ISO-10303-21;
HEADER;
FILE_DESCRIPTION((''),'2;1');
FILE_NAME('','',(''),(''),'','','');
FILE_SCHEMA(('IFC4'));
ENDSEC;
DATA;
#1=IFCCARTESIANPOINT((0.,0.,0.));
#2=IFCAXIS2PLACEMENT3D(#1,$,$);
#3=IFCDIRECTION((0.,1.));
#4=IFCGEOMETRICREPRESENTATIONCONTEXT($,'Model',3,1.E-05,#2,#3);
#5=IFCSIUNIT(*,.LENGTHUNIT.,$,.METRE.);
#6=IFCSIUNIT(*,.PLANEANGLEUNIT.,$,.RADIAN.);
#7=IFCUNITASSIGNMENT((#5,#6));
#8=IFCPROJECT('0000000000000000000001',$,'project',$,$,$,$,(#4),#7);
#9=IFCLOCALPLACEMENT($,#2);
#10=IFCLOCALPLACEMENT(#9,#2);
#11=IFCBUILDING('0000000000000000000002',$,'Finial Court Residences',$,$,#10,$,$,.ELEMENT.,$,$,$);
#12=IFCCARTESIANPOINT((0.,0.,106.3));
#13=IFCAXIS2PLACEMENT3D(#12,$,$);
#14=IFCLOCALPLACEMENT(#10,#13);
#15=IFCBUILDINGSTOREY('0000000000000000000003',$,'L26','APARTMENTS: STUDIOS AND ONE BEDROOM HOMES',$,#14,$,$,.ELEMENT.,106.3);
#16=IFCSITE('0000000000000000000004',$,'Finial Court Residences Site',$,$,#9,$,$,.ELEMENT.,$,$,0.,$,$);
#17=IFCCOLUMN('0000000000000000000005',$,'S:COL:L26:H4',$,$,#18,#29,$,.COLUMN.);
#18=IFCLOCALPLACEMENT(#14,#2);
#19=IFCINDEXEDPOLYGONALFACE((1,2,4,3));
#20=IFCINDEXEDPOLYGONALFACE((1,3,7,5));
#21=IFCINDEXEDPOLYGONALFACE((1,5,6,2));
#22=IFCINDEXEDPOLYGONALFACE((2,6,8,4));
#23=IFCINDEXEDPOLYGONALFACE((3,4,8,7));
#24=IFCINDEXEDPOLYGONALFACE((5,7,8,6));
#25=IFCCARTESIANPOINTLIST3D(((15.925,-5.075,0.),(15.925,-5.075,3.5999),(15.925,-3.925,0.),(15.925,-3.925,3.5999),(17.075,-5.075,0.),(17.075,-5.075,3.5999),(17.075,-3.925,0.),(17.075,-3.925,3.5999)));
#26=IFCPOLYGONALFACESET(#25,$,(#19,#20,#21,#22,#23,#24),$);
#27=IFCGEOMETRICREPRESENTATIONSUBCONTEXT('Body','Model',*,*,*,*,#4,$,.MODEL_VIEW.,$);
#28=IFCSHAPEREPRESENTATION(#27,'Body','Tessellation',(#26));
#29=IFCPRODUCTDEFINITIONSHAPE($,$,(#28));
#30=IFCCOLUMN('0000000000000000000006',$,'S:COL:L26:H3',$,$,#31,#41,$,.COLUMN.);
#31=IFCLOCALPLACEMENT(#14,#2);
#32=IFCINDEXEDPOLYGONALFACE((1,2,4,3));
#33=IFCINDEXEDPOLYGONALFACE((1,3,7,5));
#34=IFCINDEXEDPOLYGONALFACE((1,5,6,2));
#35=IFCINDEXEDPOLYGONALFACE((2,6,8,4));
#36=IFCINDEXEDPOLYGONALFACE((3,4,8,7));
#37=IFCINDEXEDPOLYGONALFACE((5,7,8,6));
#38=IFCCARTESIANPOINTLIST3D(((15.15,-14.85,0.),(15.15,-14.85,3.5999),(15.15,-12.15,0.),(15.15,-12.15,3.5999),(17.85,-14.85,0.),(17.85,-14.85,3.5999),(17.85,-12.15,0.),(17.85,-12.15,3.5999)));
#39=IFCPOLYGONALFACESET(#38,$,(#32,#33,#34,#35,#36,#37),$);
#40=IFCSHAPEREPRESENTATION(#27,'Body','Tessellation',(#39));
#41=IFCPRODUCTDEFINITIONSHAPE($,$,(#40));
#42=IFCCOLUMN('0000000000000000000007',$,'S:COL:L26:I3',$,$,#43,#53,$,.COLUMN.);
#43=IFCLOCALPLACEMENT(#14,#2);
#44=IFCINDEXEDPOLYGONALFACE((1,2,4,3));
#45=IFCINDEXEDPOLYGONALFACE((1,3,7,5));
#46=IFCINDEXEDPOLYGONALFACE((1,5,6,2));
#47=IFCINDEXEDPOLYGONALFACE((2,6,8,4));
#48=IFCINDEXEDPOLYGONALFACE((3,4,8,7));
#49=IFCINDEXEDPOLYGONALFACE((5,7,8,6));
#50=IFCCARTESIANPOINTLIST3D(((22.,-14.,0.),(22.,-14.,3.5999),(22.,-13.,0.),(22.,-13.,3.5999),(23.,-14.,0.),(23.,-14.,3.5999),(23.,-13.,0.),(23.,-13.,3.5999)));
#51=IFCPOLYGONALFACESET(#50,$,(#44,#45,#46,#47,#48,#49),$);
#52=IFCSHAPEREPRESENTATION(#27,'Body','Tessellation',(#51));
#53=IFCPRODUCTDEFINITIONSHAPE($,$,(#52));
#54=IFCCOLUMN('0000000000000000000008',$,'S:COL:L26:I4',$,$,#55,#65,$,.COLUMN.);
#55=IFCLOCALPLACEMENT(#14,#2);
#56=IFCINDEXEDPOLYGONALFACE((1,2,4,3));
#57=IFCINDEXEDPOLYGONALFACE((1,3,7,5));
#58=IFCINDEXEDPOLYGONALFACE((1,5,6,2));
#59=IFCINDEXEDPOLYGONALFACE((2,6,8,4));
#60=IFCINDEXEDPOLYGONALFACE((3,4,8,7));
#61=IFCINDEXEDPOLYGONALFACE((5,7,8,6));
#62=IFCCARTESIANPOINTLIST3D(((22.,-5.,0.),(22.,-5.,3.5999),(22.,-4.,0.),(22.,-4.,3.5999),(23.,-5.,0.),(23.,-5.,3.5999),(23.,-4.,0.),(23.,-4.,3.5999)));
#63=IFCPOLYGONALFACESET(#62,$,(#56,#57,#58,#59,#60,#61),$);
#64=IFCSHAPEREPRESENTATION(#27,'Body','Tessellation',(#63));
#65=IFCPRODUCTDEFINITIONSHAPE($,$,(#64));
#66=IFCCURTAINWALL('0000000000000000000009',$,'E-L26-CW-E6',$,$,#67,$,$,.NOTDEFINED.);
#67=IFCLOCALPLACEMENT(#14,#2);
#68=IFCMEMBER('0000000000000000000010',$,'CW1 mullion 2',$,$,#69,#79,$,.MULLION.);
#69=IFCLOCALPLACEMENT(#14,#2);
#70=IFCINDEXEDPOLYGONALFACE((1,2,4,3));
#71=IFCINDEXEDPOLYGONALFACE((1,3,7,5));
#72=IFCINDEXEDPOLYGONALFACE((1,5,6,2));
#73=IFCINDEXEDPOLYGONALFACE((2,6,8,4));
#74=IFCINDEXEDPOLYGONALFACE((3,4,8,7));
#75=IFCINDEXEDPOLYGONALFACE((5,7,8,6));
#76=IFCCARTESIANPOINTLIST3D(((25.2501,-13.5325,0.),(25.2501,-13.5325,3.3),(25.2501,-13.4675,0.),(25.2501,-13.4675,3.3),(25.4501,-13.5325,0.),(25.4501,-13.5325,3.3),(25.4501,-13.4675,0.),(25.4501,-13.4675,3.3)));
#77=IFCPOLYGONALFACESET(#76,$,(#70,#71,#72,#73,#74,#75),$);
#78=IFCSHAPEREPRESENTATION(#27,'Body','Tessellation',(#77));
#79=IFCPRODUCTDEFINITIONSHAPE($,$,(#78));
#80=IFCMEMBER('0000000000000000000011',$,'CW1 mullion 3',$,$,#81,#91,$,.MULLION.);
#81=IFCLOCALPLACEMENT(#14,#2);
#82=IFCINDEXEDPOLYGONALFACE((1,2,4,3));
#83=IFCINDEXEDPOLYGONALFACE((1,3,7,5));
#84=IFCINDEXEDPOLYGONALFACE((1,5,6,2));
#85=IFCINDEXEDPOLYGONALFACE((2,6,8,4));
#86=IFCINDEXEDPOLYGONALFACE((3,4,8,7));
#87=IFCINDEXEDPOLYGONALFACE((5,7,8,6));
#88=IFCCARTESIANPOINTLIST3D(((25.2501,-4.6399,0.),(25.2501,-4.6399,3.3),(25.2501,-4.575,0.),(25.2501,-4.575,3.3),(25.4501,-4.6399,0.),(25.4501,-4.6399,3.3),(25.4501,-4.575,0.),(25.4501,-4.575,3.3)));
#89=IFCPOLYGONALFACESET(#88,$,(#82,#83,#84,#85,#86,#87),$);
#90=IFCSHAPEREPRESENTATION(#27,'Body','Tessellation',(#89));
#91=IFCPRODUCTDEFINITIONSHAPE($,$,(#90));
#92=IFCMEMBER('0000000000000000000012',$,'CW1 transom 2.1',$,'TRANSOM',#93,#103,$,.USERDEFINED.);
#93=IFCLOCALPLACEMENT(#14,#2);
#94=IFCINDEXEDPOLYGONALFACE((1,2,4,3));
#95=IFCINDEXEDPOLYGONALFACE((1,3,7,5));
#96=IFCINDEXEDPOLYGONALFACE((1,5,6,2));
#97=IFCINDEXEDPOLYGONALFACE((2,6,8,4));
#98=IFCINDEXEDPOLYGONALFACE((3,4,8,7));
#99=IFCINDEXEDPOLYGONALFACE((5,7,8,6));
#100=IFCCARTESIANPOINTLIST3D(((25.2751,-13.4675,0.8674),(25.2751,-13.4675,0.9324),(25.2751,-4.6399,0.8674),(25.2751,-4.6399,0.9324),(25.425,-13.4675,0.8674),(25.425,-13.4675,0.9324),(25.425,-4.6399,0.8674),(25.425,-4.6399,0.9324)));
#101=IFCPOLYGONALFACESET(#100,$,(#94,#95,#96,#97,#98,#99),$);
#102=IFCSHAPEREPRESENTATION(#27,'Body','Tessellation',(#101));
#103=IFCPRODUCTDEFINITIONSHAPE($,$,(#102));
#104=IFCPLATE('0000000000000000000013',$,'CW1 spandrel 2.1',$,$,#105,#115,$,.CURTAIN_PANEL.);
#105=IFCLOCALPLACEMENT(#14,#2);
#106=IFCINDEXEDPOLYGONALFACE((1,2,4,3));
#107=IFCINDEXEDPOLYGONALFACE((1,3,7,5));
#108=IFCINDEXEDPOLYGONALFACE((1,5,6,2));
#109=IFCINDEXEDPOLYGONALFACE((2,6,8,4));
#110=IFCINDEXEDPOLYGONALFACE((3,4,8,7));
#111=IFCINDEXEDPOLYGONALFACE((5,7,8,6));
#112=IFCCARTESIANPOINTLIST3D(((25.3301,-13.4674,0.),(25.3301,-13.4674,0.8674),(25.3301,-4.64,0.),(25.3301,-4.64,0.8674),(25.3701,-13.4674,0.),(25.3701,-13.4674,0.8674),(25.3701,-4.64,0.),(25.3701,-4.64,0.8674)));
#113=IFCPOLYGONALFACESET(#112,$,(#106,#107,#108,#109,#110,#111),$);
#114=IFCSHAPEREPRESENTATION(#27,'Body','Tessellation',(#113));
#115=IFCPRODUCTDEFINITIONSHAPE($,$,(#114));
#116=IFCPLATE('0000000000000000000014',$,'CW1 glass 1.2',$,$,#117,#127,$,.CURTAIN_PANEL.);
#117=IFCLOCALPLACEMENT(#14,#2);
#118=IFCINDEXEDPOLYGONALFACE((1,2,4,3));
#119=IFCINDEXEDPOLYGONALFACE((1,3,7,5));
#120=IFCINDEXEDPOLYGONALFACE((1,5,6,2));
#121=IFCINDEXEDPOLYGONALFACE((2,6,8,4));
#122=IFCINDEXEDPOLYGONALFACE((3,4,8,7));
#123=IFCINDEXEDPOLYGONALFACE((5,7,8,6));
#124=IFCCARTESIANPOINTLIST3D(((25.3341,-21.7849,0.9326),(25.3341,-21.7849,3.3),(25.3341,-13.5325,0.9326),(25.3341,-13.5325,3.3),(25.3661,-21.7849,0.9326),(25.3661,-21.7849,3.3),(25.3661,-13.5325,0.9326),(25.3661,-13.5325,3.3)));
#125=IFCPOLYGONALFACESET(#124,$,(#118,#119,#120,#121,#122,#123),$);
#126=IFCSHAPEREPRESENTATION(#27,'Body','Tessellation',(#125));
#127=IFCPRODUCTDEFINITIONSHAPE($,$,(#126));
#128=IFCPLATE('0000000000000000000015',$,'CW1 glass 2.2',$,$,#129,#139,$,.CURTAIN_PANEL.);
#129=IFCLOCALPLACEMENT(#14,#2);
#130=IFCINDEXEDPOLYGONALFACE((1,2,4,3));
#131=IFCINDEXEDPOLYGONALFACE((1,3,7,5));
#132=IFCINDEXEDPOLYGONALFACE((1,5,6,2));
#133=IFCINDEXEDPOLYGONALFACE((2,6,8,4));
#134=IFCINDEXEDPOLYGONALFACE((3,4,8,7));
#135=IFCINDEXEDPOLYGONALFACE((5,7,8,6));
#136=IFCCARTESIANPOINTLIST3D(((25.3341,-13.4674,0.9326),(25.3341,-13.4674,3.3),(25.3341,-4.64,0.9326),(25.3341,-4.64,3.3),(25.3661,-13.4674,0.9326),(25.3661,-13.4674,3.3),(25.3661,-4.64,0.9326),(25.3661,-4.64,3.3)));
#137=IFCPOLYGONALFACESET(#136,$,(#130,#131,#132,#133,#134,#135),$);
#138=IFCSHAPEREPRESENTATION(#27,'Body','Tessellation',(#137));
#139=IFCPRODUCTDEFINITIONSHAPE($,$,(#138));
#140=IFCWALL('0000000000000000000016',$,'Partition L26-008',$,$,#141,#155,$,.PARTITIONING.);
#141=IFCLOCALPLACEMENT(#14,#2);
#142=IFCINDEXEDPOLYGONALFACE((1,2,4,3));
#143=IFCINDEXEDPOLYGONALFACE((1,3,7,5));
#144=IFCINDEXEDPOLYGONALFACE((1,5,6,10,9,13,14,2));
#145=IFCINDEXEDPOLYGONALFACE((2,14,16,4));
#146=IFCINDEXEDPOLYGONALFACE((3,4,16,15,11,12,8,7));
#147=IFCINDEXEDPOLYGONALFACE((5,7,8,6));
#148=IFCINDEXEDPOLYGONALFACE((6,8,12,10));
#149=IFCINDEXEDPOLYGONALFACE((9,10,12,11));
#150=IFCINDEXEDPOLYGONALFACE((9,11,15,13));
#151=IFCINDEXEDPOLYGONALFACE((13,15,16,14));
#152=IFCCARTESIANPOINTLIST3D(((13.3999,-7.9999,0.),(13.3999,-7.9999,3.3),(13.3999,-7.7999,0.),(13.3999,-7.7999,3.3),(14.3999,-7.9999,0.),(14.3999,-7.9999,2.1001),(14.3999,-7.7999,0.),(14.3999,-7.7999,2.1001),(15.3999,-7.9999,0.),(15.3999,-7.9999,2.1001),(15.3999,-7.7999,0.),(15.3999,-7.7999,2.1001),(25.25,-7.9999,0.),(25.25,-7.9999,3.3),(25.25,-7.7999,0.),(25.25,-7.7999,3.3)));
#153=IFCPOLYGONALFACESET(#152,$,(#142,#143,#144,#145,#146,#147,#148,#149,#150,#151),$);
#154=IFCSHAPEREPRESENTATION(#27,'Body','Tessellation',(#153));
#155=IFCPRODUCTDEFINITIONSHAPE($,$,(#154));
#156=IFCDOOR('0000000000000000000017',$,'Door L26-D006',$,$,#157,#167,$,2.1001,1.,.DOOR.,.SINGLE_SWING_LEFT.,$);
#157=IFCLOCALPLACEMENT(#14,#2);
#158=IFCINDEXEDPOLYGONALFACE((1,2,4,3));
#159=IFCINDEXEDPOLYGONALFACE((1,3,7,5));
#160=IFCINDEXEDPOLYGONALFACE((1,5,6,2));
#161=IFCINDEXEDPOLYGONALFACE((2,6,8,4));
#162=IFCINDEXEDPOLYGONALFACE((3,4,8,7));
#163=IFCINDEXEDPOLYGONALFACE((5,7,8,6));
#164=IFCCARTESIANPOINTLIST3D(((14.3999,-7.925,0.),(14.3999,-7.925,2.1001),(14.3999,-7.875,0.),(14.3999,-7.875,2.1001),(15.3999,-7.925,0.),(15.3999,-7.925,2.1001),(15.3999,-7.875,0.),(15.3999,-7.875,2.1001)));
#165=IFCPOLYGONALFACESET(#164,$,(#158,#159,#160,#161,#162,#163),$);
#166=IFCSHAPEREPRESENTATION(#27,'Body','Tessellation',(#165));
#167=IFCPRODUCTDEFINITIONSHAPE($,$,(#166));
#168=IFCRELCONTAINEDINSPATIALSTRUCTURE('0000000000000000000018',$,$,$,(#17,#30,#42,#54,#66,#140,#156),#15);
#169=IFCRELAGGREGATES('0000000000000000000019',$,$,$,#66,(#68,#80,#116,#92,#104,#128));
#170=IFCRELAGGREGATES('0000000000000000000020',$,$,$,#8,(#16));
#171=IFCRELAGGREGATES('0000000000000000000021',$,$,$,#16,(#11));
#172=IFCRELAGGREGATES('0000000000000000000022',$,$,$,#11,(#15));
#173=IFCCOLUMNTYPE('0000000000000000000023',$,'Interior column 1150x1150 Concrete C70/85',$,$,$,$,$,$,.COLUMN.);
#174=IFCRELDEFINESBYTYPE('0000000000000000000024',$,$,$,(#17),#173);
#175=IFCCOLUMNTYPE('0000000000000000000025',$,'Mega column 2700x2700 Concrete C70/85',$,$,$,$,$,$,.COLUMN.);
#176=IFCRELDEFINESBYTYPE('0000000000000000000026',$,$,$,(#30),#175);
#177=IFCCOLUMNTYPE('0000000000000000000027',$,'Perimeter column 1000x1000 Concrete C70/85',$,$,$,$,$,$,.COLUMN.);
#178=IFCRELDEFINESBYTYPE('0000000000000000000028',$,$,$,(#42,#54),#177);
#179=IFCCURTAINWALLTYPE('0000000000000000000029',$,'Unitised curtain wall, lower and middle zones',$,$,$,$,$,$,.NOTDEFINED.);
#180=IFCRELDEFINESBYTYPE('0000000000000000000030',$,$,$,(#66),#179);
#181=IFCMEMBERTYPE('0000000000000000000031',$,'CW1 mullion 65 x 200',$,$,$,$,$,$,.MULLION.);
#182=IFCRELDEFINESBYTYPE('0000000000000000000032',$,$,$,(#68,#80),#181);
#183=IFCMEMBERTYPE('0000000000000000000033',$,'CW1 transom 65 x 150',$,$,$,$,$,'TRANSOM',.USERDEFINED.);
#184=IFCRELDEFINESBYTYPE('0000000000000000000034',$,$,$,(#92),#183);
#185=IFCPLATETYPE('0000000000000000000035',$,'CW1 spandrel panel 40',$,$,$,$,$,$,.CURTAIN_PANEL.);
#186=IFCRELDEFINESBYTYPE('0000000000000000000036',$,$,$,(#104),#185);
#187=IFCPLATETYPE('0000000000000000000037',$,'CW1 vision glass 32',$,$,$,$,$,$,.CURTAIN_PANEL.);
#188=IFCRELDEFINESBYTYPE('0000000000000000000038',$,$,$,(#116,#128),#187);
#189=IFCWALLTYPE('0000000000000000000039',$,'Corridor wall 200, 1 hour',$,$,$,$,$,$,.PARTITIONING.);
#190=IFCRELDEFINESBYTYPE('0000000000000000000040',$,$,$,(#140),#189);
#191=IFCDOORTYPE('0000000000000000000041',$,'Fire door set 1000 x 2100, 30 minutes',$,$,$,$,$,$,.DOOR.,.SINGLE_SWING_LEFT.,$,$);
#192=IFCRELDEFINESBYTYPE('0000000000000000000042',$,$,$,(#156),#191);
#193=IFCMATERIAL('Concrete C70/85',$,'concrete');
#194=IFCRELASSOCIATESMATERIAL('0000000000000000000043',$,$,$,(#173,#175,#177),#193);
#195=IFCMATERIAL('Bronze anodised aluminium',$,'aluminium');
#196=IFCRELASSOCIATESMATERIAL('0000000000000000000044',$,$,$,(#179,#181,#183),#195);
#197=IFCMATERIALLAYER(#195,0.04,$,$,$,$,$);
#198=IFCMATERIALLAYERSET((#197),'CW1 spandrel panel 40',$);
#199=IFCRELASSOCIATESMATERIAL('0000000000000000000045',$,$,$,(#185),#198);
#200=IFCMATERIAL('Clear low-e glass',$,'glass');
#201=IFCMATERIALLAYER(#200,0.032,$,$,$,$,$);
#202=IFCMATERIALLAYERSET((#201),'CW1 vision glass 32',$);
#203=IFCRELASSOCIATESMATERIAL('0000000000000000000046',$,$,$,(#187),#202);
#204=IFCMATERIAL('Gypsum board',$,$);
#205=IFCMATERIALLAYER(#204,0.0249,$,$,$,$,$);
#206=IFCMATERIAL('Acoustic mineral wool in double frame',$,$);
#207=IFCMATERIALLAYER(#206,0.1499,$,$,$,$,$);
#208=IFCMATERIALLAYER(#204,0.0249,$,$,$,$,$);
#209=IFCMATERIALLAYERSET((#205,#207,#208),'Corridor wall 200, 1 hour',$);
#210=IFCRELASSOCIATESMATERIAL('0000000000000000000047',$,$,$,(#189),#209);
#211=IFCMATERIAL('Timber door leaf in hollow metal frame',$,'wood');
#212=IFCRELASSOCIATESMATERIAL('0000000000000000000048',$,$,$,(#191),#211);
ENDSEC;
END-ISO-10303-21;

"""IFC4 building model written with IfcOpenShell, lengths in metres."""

from ifc_helpers import new_model, si_unit, direction, frame, frame_2d, origin, origin_2d, place, context, subcontext, project, spatial, rectangle, extrude, material, layer, layer_set, material_profile, profile_set, type_object, element, fill, aggregate, save


model = new_model("IFC4")

# Units and contexts
model_context = context("Model", 3, precision=1e-05, world=origin(), true_north=direction((0.0, 1.0)))
body_context = subcontext(model_context, "Body", "Model", "MODEL_VIEW")
ifc_project = project(units=[si_unit("LENGTHUNIT", "METRE"), si_unit("PLANEANGLEUNIT", "RADIAN")], contexts=[model_context])

# Site, building, storey
site_placement = place(None, origin())
site = spatial("IfcSite", under=ifc_project, at=site_placement, Name="Finial Court Residences Site", CompositionType="ELEMENT", RefElevation=0.0)
building_placement = place(site_placement, origin())
building = spatial("IfcBuilding", under=site, at=building_placement, Name="Finial Court Residences", CompositionType="ELEMENT")
storey_placement = place(building_placement, frame((0.0, 0.0, 106.3)))
storey = spatial("IfcBuildingStorey", under=building, at=storey_placement, Name="L26", Description="APARTMENTS: STUDIOS AND ONE BEDROOM HOMES", CompositionType="ELEMENT", Elevation=106.3)

# Columns
ifc_material_1 = material(Name="Concrete C70/85", Category="concrete")
ifc_material_profile_1 = material_profile(ifc_material_1, rectangle(XDim=1.1499, YDim=1.1499, at=origin_2d()), Name="1150x1150")
ifc_profile_set_1 = profile_set([ifc_material_profile_1], Name="Concrete C70/85")
column_type_1 = type_object("IfcColumnType", Name="Interior column 1150x1150 Concrete C70/85", PredefinedType="COLUMN", material=ifc_profile_set_1)
column_1_placement = place(storey_placement, frame((16.5, -4.5, 0.0), z_axis=(0.0, 0.0, 1.0), x_axis=(1.0, 0.0, 0.0)))
element("IfcColumn", 1, at=column_1_placement, inside=storey, type_object=column_type_1, Name="S:COL:L26:H4", PredefinedType="COLUMN", context=body_context, shape_type="SweptSolid", body=[
    extrude(rectangle(XDim=1.1499, YDim=1.1499, at=origin_2d()), origin(), (0.0, 0.0, 1.0), 3.5999),
])
ifc_material_profile_2 = material_profile(ifc_material_1, rectangle(XDim=2.7, YDim=2.7, at=origin_2d()), Name="2700x2700")
ifc_profile_set_2 = profile_set([ifc_material_profile_2], Name="Concrete C70/85")
column_type_2 = type_object("IfcColumnType", Name="Mega column 2700x2700 Concrete C70/85", PredefinedType="COLUMN", material=ifc_profile_set_2)
column_2_placement = place(storey_placement, frame((16.5, -13.5, 0.0), z_axis=(0.0, 0.0, 1.0), x_axis=(1.0, 0.0, 0.0)))
element("IfcColumn", 2, at=column_2_placement, inside=storey, type_object=column_type_2, Name="S:COL:L26:H3", PredefinedType="COLUMN", context=body_context, shape_type="SweptSolid", body=[
    extrude(rectangle(XDim=2.7, YDim=2.7, at=origin_2d()), origin(), (0.0, 0.0, 1.0), 3.5999),
])
ifc_material_profile_3 = material_profile(ifc_material_1, rectangle(XDim=1.0, YDim=1.0, at=origin_2d()), Name="1000x1000")
ifc_profile_set_3 = profile_set([ifc_material_profile_3], Name="Concrete C70/85")
column_type_3 = type_object("IfcColumnType", Name="Perimeter column 1000x1000 Concrete C70/85", PredefinedType="COLUMN", material=ifc_profile_set_3)
for number, where, z_axis, x_axis, name in (
    (3, (22.5, -13.5, 0.0), (0.0, 0.0, 1.0), (1.0, 0.0, 0.0), "S:COL:L26:I3"),
    (4, (22.5, -4.5, 0.0), (0.0, 0.0, 1.0), (1.0, 0.0, 0.0), "S:COL:L26:I4"),
):
    element("IfcColumn", number, at=place(storey_placement, frame(where, z_axis=z_axis, x_axis=x_axis)), inside=storey, type_object=column_type_3, Name=name, PredefinedType="COLUMN", context=body_context, shape_type="SweptSolid", body=[
        extrude(rectangle(XDim=1.0, YDim=1.0, at=origin_2d()), origin(), (0.0, 0.0, 1.0), 3.5999),
    ])

# Curtain wall, members, plates
ifc_material_2 = material(Name="Bronze anodised aluminium", Category="aluminium")
curtain_wall_type = type_object("IfcCurtainWallType", Name="Unitised curtain wall, lower and middle zones", PredefinedType="NOTDEFINED", material=ifc_material_2)
curtain_wall_placement = place(storey_placement, origin())
curtain_wall = element("IfcCurtainWall", 5, at=curtain_wall_placement, inside=storey, type_object=curtain_wall_type, Name="E-L26-CW-E6", PredefinedType="NOTDEFINED")
ifc_material_profile_4 = material_profile(ifc_material_2, rectangle(XDim=0.2, YDim=0.0649, at=origin_2d()), Name="CW1 mullion 65 x 200")
ifc_profile_set_4 = profile_set([ifc_material_profile_4], Name="Bronze anodised aluminium")
member_type_1 = type_object("IfcMemberType", Name="CW1 mullion 65 x 200", PredefinedType="MULLION", material=ifc_profile_set_4)
member_1_placement = place(storey_placement, frame((25.3501, -13.5, 0.0), z_axis=(0.0, 0.0, 1.0), x_axis=(-1.0, 0.0, 0.0)))
member_1 = element("IfcMember", 6, at=member_1_placement, type_object=member_type_1, Name="CW1 mullion 2", PredefinedType="MULLION", context=body_context, shape_type="SweptSolid", body=[
    extrude(rectangle(XDim=0.2, YDim=0.0649, at=origin_2d()), origin(), (0.0, 0.0, 1.0), 3.3),
])
member_2_placement = place(storey_placement, frame((25.3501, -4.6074, 0.0), z_axis=(0.0, 0.0, 1.0), x_axis=(-1.0, 0.0, 0.0)))
member_2 = element("IfcMember", 7, at=member_2_placement, type_object=member_type_1, Name="CW1 mullion 3", PredefinedType="MULLION", context=body_context, shape_type="SweptSolid", body=[
    extrude(rectangle(XDim=0.2, YDim=0.0649, at=origin_2d()), origin(), (0.0, 0.0, 1.0), 3.3),
])
ifc_material_profile_5 = material_profile(ifc_material_2, rectangle(XDim=0.1499, YDim=0.0649, at=origin_2d()), Name="CW1 transom 65 x 150")
ifc_profile_set_5 = profile_set([ifc_material_profile_5], Name="Bronze anodised aluminium")
member_type_2 = type_object("IfcMemberType", Name="CW1 transom 65 x 150", ElementType="TRANSOM", PredefinedType="USERDEFINED", material=ifc_profile_set_5)
member_3_placement = place(storey_placement, frame((25.3501, -13.4675, 0.8999), z_axis=(0.0, 1.0, 0.0), x_axis=(-1.0, 0.0, 0.0)))
member_3 = element("IfcMember", 8, at=member_3_placement, type_object=member_type_2, Name="CW1 transom 2.1", ObjectType="TRANSOM", PredefinedType="USERDEFINED", context=body_context, shape_type="SweptSolid", body=[
    extrude(rectangle(XDim=0.1499, YDim=0.0649, at=origin_2d()), origin(), (0.0, 0.0, 1.0), 8.8276),
])
ifc_layer_1 = layer(ifc_material_2, 0.04)
ifc_layer_set_1 = layer_set([ifc_layer_1], Name="CW1 spandrel panel 40")
plate_type_1 = type_object("IfcPlateType", Name="CW1 spandrel panel 40", PredefinedType="CURTAIN_PANEL", material=ifc_layer_set_1)
plate_1_placement = place(storey_placement, frame((25.3501, -9.0537, 0.0), z_axis=(0.0, 0.0, 1.0), x_axis=(0.0, 1.0, 0.0)))
plate_1 = element("IfcPlate", 9, at=plate_1_placement, type_object=plate_type_1, Name="CW1 spandrel 2.1", PredefinedType="CURTAIN_PANEL", context=body_context, shape_type="SweptSolid", body=[
    extrude(rectangle(XDim=8.8274, YDim=0.04, at=origin_2d()), origin(), (0.0, 0.0, 1.0), 0.8674),
])
ifc_material_3 = material(Name="Clear low-e glass", Category="glass")
ifc_layer_2 = layer(ifc_material_3, 0.032)
ifc_layer_set_2 = layer_set([ifc_layer_2], Name="CW1 vision glass 32")
plate_type_2 = type_object("IfcPlateType", Name="CW1 vision glass 32", PredefinedType="CURTAIN_PANEL", material=ifc_layer_set_2)
plate_2_placement = place(storey_placement, frame((25.3501, -17.6587, 0.9326), z_axis=(0.0, 0.0, 1.0), x_axis=(0.0, 1.0, 0.0)))
plate_2 = element("IfcPlate", 10, at=plate_2_placement, type_object=plate_type_2, Name="CW1 glass 1.2", PredefinedType="CURTAIN_PANEL", context=body_context, shape_type="SweptSolid", body=[
    extrude(rectangle(XDim=8.2524, YDim=0.032, at=origin_2d()), origin(), (0.0, 0.0, 1.0), 2.3674),
])
plate_3_placement = place(storey_placement, frame((25.3501, -9.0537, 0.9326), z_axis=(0.0, 0.0, 1.0), x_axis=(0.0, 1.0, 0.0)))
plate_3 = element("IfcPlate", 11, at=plate_3_placement, type_object=plate_type_2, Name="CW1 glass 2.2", PredefinedType="CURTAIN_PANEL", context=body_context, shape_type="SweptSolid", body=[
    extrude(rectangle(XDim=8.8274, YDim=0.032, at=origin_2d()), origin(), (0.0, 0.0, 1.0), 2.3674),
])
aggregate(curtain_wall, [member_1, member_2, plate_2, member_3, plate_1, plate_3])

# Wall, opening, door
ifc_material_4 = material(Name="Gypsum board")
ifc_layer_3 = layer(ifc_material_4, 0.0249)
ifc_material_5 = material(Name="Acoustic mineral wool in double frame")
ifc_layer_4 = layer(ifc_material_5, 0.1499)
ifc_layer_5 = layer(ifc_material_4, 0.0249)
ifc_layer_set_3 = layer_set([ifc_layer_3, ifc_layer_4, ifc_layer_5], Name="Corridor wall 200, 1 hour")
wall_type_1 = type_object("IfcWallType", Name="Corridor wall 200, 1 hour", PredefinedType="PARTITIONING", material=ifc_layer_set_3)
wall_1_placement = place(storey_placement, frame((13.3999, -7.8999, 0.0), z_axis=(0.0, 0.0, 1.0), x_axis=(1.0, 0.0, 0.0)))
wall_1 = element("IfcWall", 12, at=wall_1_placement, inside=storey, type_object=wall_type_1, Name="Partition L26-008", PredefinedType="PARTITIONING", context=body_context, shape_type="SweptSolid", body=[
    extrude(rectangle(XDim=11.8501, YDim=0.2, at=frame_2d((5.925, 0.0))), origin(), (0.0, 0.0, 1.0), 3.3),
])
opening_1_placement = place(wall_1_placement, frame((1.0, 0.0, 0.0)))
opening_1 = element("IfcOpeningElement", 13, at=opening_1_placement, cuts=wall_1, PredefinedType="OPENING", context=body_context, shape_type="SweptSolid", body=[
    extrude(rectangle(XDim=1.0, YDim=2.1001, at=frame_2d((0.5, 1.05))), frame((0.0, 0.1099, 0.0), z_axis=(0.0, -1.0, 0.0), x_axis=(1.0, 0.0, 0.0)), (0.0, 0.0, 1.0), 0.22),
])
ifc_material_6 = material(Name="Timber door leaf in hollow metal frame", Category="wood")
door_type_1 = type_object("IfcDoorType", Name="Fire door set 1000 x 2100, 30 minutes", OperationType="SINGLE_SWING_LEFT", PredefinedType="DOOR", material=ifc_material_6)
door_1_placement = place(opening_1_placement, origin())
door_1 = element("IfcDoor", 14, at=door_1_placement, inside=storey, type_object=door_type_1, Name="Door L26-D006", OperationType="SINGLE_SWING_LEFT", OverallHeight=2.1001, OverallWidth=1.0, PredefinedType="DOOR", context=body_context, shape_type="SweptSolid", body=[
    extrude(rectangle(XDim=1.0, YDim=2.1001, at=frame_2d((0.5, 1.05))), frame((0.0, 0.0249, 0.0), z_axis=(0.0, -1.0, 0.0), x_axis=(1.0, 0.0, 0.0)), (0.0, 0.0, 1.0), 0.05),
])
fill(opening_1, door_1)

save(model, "model.ifc")
